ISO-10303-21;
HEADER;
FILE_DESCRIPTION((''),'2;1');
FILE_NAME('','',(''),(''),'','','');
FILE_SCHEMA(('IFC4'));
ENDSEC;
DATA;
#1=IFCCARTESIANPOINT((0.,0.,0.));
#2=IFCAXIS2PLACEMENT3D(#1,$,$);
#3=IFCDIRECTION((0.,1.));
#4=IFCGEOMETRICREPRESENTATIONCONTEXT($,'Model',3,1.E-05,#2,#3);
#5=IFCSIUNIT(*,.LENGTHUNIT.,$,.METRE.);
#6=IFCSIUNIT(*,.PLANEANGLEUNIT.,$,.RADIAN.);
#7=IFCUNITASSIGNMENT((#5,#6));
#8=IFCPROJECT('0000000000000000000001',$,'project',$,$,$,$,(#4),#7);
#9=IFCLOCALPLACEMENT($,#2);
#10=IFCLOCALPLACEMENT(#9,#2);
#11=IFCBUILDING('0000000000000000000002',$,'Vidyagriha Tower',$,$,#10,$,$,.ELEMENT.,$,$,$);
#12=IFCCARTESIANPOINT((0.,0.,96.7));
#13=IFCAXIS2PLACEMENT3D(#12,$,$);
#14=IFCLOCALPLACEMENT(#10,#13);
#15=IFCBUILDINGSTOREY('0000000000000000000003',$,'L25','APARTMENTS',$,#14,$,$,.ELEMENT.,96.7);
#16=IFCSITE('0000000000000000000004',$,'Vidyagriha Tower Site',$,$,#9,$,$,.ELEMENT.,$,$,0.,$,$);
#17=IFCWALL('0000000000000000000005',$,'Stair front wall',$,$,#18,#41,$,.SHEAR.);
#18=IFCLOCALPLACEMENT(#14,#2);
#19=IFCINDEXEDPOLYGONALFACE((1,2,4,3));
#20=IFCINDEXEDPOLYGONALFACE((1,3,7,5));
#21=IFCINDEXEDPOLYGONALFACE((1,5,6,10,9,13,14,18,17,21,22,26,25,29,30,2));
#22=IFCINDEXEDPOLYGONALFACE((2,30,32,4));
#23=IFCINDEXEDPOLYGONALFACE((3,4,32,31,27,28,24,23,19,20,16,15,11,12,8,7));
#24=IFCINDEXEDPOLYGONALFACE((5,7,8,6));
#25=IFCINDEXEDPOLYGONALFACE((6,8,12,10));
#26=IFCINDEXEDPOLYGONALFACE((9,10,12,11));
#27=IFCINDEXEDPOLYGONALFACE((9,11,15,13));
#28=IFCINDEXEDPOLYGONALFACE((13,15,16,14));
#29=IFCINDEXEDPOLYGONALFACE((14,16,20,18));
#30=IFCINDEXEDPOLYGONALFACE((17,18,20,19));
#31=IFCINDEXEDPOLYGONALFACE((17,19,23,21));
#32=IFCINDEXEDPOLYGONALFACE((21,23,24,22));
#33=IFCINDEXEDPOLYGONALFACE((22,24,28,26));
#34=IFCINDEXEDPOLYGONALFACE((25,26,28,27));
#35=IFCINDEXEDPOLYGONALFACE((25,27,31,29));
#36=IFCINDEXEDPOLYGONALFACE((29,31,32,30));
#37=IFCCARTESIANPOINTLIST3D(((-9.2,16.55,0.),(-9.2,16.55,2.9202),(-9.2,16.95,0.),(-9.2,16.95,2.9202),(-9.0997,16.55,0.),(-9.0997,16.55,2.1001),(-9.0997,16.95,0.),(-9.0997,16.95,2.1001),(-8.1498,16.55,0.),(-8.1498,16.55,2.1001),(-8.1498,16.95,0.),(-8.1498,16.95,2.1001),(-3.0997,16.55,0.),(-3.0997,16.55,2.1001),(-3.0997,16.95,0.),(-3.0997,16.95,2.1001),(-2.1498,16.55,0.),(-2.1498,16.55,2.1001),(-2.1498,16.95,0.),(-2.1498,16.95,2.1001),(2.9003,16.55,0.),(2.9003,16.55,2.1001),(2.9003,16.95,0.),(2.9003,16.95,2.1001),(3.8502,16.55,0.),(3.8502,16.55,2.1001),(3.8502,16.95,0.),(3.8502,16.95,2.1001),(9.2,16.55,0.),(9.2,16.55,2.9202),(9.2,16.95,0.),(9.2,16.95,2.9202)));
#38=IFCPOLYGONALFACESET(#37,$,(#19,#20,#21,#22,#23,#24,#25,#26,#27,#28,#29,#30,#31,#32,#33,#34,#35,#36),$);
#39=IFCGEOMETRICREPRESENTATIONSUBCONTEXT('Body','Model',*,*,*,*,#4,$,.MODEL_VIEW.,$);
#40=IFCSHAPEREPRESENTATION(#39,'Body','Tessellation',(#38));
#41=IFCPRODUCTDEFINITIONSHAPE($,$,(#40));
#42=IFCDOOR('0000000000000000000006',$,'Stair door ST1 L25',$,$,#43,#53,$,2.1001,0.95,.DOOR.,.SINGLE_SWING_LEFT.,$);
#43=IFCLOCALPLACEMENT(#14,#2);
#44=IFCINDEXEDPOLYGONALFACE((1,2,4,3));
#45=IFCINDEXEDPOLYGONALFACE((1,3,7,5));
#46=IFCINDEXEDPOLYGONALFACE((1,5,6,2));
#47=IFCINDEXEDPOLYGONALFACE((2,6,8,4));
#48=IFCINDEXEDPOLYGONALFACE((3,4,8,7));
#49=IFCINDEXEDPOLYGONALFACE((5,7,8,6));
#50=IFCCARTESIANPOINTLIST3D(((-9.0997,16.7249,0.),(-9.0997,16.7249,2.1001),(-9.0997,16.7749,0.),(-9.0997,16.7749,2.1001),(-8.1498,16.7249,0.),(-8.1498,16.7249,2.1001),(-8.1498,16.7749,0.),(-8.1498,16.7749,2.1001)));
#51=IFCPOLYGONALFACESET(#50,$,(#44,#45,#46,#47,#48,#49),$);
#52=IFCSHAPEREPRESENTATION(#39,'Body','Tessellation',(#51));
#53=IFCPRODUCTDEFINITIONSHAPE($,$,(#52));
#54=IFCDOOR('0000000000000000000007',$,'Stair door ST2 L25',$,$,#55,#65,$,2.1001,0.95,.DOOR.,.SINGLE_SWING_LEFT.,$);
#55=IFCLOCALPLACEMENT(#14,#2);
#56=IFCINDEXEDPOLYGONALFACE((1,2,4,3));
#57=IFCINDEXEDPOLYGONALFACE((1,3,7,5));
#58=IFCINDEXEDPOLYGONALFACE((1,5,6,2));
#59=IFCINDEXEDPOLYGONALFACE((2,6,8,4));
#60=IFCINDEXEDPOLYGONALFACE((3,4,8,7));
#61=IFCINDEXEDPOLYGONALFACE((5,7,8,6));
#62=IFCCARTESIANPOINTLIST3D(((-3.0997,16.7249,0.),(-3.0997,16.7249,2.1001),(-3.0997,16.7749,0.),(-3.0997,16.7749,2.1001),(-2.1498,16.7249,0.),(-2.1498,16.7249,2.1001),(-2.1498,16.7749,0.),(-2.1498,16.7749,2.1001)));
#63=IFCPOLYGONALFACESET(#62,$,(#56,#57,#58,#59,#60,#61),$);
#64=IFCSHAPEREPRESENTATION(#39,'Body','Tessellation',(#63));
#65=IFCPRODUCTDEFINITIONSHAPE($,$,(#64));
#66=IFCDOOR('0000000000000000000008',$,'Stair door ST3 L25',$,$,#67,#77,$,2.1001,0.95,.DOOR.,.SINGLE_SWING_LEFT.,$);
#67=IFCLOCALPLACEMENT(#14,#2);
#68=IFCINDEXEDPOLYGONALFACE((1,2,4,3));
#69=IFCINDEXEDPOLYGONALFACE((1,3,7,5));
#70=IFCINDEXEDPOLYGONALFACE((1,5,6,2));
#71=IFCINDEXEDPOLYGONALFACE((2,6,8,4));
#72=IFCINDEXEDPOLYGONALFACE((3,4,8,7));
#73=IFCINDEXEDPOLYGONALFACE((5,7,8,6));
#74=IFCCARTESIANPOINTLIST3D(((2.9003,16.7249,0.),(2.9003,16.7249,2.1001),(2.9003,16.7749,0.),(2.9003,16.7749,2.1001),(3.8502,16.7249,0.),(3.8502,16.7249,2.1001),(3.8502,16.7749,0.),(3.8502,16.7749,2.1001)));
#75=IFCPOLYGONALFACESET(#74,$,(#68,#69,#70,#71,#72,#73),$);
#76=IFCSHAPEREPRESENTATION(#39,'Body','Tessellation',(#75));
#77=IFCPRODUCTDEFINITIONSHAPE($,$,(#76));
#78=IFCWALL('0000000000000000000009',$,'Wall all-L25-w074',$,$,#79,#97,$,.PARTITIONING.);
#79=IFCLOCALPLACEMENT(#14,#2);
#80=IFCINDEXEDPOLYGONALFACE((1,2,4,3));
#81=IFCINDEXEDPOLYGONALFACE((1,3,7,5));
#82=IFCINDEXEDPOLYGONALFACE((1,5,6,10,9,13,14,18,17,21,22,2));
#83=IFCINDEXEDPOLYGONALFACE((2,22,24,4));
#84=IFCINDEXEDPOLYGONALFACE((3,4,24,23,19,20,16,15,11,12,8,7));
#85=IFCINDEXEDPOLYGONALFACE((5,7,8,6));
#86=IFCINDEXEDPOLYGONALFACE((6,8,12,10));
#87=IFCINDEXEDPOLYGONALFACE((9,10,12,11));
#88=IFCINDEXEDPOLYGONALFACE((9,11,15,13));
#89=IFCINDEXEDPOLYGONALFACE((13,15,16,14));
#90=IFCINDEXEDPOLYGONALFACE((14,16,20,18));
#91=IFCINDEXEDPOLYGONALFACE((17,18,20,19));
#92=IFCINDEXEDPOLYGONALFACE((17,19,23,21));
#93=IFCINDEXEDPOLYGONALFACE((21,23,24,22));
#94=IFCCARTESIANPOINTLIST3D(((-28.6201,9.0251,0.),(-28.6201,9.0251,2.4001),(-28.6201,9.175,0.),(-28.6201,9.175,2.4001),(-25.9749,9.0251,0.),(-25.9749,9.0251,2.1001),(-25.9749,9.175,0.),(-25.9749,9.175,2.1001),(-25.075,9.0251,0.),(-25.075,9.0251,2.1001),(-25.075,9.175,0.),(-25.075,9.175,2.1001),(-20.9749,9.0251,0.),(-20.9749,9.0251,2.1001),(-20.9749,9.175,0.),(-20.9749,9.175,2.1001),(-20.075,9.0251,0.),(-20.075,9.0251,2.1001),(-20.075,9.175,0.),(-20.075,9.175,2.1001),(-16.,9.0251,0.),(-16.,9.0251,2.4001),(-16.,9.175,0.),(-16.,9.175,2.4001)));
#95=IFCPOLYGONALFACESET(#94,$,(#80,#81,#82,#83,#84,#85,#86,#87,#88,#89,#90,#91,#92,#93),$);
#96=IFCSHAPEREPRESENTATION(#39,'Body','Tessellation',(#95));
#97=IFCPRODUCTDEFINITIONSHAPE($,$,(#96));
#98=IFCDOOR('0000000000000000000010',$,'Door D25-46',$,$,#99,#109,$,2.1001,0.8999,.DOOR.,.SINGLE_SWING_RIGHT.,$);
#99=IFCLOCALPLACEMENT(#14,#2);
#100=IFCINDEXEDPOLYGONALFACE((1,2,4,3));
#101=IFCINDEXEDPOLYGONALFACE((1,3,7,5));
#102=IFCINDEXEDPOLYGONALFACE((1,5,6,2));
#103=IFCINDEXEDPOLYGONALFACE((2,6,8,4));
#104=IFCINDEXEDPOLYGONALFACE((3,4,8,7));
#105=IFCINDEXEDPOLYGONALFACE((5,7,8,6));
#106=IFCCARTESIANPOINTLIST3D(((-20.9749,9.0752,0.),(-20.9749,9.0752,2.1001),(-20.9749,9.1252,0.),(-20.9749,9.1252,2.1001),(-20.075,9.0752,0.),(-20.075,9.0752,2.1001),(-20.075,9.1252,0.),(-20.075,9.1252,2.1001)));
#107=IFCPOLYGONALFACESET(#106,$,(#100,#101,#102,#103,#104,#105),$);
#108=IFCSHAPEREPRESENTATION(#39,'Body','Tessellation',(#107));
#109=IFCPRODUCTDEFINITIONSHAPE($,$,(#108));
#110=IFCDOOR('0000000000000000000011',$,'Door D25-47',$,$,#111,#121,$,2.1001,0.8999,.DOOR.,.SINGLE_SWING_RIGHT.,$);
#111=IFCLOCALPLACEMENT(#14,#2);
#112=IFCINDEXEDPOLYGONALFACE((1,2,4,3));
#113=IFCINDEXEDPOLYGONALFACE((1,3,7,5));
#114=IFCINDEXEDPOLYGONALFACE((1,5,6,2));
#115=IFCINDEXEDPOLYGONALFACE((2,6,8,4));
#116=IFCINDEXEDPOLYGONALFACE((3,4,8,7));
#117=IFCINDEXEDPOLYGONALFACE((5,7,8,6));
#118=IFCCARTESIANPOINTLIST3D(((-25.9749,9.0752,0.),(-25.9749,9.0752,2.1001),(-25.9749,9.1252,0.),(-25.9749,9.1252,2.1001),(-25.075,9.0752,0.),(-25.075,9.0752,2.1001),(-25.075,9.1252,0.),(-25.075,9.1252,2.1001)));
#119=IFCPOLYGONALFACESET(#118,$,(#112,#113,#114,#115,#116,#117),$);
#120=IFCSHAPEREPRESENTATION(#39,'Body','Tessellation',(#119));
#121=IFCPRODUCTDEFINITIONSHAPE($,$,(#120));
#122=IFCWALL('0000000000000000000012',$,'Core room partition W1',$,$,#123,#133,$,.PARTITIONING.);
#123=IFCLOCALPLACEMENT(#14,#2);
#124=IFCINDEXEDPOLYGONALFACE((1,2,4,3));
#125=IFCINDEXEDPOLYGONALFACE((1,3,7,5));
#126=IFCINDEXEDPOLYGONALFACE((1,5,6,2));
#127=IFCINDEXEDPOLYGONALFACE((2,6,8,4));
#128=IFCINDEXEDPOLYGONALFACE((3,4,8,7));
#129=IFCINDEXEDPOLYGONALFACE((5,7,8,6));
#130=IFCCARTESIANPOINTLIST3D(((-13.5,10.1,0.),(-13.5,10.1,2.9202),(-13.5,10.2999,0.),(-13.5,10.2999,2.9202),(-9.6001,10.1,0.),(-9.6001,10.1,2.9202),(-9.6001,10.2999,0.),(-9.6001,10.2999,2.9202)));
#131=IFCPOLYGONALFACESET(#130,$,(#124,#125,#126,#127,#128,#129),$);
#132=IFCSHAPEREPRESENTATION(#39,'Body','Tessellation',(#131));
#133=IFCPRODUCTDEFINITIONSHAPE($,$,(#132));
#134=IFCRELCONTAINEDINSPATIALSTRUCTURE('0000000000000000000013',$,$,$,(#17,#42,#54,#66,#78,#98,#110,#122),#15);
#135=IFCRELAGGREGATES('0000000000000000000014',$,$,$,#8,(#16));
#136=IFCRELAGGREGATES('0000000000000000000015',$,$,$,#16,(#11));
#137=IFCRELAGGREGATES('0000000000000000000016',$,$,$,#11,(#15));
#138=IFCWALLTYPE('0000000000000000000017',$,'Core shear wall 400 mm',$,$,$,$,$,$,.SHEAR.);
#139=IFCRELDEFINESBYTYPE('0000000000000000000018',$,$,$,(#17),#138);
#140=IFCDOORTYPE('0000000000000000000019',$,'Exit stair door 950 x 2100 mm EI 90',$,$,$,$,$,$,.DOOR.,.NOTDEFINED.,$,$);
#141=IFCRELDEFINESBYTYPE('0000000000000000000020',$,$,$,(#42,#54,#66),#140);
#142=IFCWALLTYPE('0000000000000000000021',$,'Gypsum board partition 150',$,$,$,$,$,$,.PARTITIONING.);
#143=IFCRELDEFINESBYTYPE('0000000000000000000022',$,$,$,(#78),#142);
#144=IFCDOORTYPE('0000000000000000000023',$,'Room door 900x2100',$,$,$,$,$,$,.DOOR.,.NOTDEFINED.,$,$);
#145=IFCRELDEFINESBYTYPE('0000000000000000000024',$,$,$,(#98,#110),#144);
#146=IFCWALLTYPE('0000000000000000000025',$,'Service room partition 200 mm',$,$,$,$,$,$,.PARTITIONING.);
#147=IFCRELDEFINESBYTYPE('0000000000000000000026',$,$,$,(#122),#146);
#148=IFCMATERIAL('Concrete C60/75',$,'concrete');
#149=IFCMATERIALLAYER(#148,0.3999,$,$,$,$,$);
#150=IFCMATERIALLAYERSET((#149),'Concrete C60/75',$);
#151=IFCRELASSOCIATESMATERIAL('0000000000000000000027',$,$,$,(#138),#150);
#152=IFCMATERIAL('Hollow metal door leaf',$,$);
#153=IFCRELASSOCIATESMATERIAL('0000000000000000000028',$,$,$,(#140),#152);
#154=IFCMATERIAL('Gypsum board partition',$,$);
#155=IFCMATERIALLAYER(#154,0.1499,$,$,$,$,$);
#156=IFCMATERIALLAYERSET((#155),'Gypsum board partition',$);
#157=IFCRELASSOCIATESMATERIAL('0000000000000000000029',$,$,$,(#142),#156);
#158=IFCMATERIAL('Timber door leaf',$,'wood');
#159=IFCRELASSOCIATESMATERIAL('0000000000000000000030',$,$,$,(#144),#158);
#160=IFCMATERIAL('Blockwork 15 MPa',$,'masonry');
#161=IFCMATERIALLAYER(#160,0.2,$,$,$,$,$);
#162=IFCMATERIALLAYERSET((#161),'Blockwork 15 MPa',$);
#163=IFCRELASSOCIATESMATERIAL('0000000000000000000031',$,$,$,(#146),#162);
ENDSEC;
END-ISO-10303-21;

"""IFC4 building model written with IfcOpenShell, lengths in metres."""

from ifc_helpers import new_model, si_unit, direction, frame, frame_2d, origin, place, context, subcontext, project, spatial, rectangle, extrude, material, layer, layer_set, type_object, element, fill, save


model = new_model("IFC4")

# Units and contexts
model_context = context("Model", 3, precision=1e-05, world=origin(), true_north=direction((0.0, 1.0)))
body_context = subcontext(model_context, "Body", "Model", "MODEL_VIEW")
ifc_project = project(units=[si_unit("LENGTHUNIT", "METRE"), si_unit("PLANEANGLEUNIT", "RADIAN")], contexts=[model_context])

# Site, building, storey
site_placement = place(None, origin())
site = spatial("IfcSite", under=ifc_project, at=site_placement, Name="Vidyagriha Tower Site", CompositionType="ELEMENT", RefElevation=0.0)
building_placement = place(site_placement, origin())
building = spatial("IfcBuilding", under=site, at=building_placement, Name="Vidyagriha Tower", CompositionType="ELEMENT")
storey_placement = place(building_placement, frame((0.0, 0.0, 96.7)))
storey = spatial("IfcBuildingStorey", under=building, at=storey_placement, Name="L25", Description="APARTMENTS", CompositionType="ELEMENT", Elevation=96.7)

# Shared definitions
ifc_material_1 = material(Name="Concrete C60/75", Category="concrete")
ifc_layer_1 = layer(ifc_material_1, 0.3999)
ifc_layer_set_1 = layer_set([ifc_layer_1], Name="Concrete C60/75")
wall_type_1 = type_object("IfcWallType", Name="Core shear wall 400 mm", PredefinedType="SHEAR", material=ifc_layer_set_1)

# Walls, openings, doors
wall_1_placement = place(storey_placement, frame((-9.2, 16.75, 0.0)))
wall_1 = element("IfcWall", 1, at=wall_1_placement, inside=storey, type_object=wall_type_1, Name="Stair front wall", PredefinedType="SHEAR", context=body_context, shape_type="SweptSolid", body=[
    extrude(rectangle(XDim=18.3999, YDim=0.3999, at=frame_2d((9.2, 0.0))), origin(), (0.0, 0.0, 1.0), 2.9202),
])
opening_1_placement = place(wall_1_placement, frame((0.1001, 0.0, 0.0)))
opening_1 = element("IfcOpeningElement", 2, at=opening_1_placement, cuts=wall_1, PredefinedType="OPENING", context=body_context, shape_type="SweptSolid", body=[
    extrude(rectangle(XDim=0.95, YDim=2.1001, at=frame_2d((0.4751, 1.05))), frame((0.0, 0.21, 0.0), z_axis=(0.0, -1.0, 0.0), x_axis=(1.0, 0.0, 0.0)), (0.0, 0.0, 1.0), 0.4199),
])
opening_2_placement = place(wall_1_placement, frame((6.1001, 0.0, 0.0)))
opening_2 = element("IfcOpeningElement", 3, at=opening_2_placement, cuts=wall_1, PredefinedType="OPENING", context=body_context, shape_type="SweptSolid", body=[
    extrude(rectangle(XDim=0.95, YDim=2.1001, at=frame_2d((0.4751, 1.05))), frame((0.0, 0.21, 0.0), z_axis=(0.0, -1.0, 0.0), x_axis=(1.0, 0.0, 0.0)), (0.0, 0.0, 1.0), 0.4199),
])
opening_3_placement = place(wall_1_placement, frame((12.1001, 0.0, 0.0)))
opening_3 = element("IfcOpeningElement", 4, at=opening_3_placement, cuts=wall_1, PredefinedType="OPENING", context=body_context, shape_type="SweptSolid", body=[
    extrude(rectangle(XDim=0.95, YDim=2.1001, at=frame_2d((0.4751, 1.05))), frame((0.0, 0.21, 0.0), z_axis=(0.0, -1.0, 0.0), x_axis=(1.0, 0.0, 0.0)), (0.0, 0.0, 1.0), 0.4199),
])
ifc_material_2 = material(Name="Hollow metal door leaf")
door_type_1 = type_object("IfcDoorType", Name="Exit stair door 950 x 2100 mm EI 90", OperationType="NOTDEFINED", PredefinedType="DOOR", material=ifc_material_2)
door_1_placement = place(opening_1_placement, origin())
door_1 = element("IfcDoor", 5, at=door_1_placement, inside=storey, type_object=door_type_1, Name="Stair door ST1 L25", OperationType="SINGLE_SWING_LEFT", OverallHeight=2.1001, OverallWidth=0.95, PredefinedType="DOOR", context=body_context, shape_type="SweptSolid", body=[
    extrude(rectangle(XDim=0.95, YDim=2.1001, at=frame_2d((0.4751, 1.05))), frame((0.0, 0.0249, 0.0), z_axis=(0.0, -1.0, 0.0), x_axis=(1.0, 0.0, 0.0)), (0.0, 0.0, 1.0), 0.05),
])
fill(opening_1, door_1)
door_2_placement = place(opening_2_placement, origin())
door_2 = element("IfcDoor", 6, at=door_2_placement, inside=storey, type_object=door_type_1, Name="Stair door ST2 L25", OperationType="SINGLE_SWING_LEFT", OverallHeight=2.1001, OverallWidth=0.95, PredefinedType="DOOR", context=body_context, shape_type="SweptSolid", body=[
    extrude(rectangle(XDim=0.95, YDim=2.1001, at=frame_2d((0.4751, 1.05))), frame((0.0, 0.0249, 0.0), z_axis=(0.0, -1.0, 0.0), x_axis=(1.0, 0.0, 0.0)), (0.0, 0.0, 1.0), 0.05),
])
fill(opening_2, door_2)
door_3_placement = place(opening_3_placement, origin())
door_3 = element("IfcDoor", 7, at=door_3_placement, inside=storey, type_object=door_type_1, Name="Stair door ST3 L25", OperationType="SINGLE_SWING_LEFT", OverallHeight=2.1001, OverallWidth=0.95, PredefinedType="DOOR", context=body_context, shape_type="SweptSolid", body=[
    extrude(rectangle(XDim=0.95, YDim=2.1001, at=frame_2d((0.4751, 1.05))), frame((0.0, 0.0249, 0.0), z_axis=(0.0, -1.0, 0.0), x_axis=(1.0, 0.0, 0.0)), (0.0, 0.0, 1.0), 0.05),
])
fill(opening_3, door_3)
ifc_material_3 = material(Name="Gypsum board partition")
ifc_layer_2 = layer(ifc_material_3, 0.1499)
ifc_layer_set_2 = layer_set([ifc_layer_2], Name="Gypsum board partition")
wall_type_2 = type_object("IfcWallType", Name="Gypsum board partition 150", PredefinedType="PARTITIONING", material=ifc_layer_set_2)
wall_2_placement = place(storey_placement, frame((-16.0, 9.1001, 0.0), z_axis=(0.0, 0.0, 1.0), x_axis=(-1.0, 0.0, 0.0)))
wall_2 = element("IfcWall", 8, at=wall_2_placement, inside=storey, type_object=wall_type_2, Name="Wall all-L25-w074", PredefinedType="PARTITIONING", context=body_context, shape_type="SweptSolid", body=[
    extrude(rectangle(XDim=12.6201, YDim=0.1499, at=frame_2d((6.3101, 0.0))), origin(), (0.0, 0.0, 1.0), 2.4001),
])
opening_4_placement = place(wall_2_placement, frame((4.075, 0.0, 0.0)))
opening_4 = element("IfcOpeningElement", 9, at=opening_4_placement, cuts=wall_2, PredefinedType="OPENING", context=body_context, shape_type="SweptSolid", body=[
    extrude(rectangle(XDim=0.8999, YDim=2.1001, at=frame_2d((0.45, 1.05))), frame((0.0, 0.085, 0.0), z_axis=(0.0, -1.0, 0.0), x_axis=(1.0, 0.0, 0.0)), (0.0, 0.0, 1.0), 0.1699),
])
opening_5_placement = place(wall_2_placement, frame((9.075, 0.0, 0.0)))
opening_5 = element("IfcOpeningElement", 10, at=opening_5_placement, cuts=wall_2, PredefinedType="OPENING", context=body_context, shape_type="SweptSolid", body=[
    extrude(rectangle(XDim=0.8999, YDim=2.1001, at=frame_2d((0.45, 1.05))), frame((0.0, 0.085, 0.0), z_axis=(0.0, -1.0, 0.0), x_axis=(1.0, 0.0, 0.0)), (0.0, 0.0, 1.0), 0.1699),
])
ifc_material_4 = material(Name="Timber door leaf", Category="wood")
door_type_2 = type_object("IfcDoorType", Name="Room door 900x2100", OperationType="NOTDEFINED", PredefinedType="DOOR", material=ifc_material_4)
door_4_placement = place(opening_4_placement, origin())
door_4 = element("IfcDoor", 11, at=door_4_placement, inside=storey, type_object=door_type_2, Name="Door D25-46", OperationType="SINGLE_SWING_RIGHT", OverallHeight=2.1001, OverallWidth=0.8999, PredefinedType="DOOR", context=body_context, shape_type="SweptSolid", body=[
    extrude(rectangle(XDim=0.8999, YDim=2.1001, at=frame_2d((0.45, 1.05))), frame((0.0, 0.0249, 0.0), z_axis=(0.0, -1.0, 0.0), x_axis=(1.0, 0.0, 0.0)), (0.0, 0.0, 1.0), 0.05),
])
fill(opening_4, door_4)
door_5_placement = place(opening_5_placement, origin())
door_5 = element("IfcDoor", 12, at=door_5_placement, inside=storey, type_object=door_type_2, Name="Door D25-47", OperationType="SINGLE_SWING_RIGHT", OverallHeight=2.1001, OverallWidth=0.8999, PredefinedType="DOOR", context=body_context, shape_type="SweptSolid", body=[
    extrude(rectangle(XDim=0.8999, YDim=2.1001, at=frame_2d((0.45, 1.05))), frame((0.0, 0.0249, 0.0), z_axis=(0.0, -1.0, 0.0), x_axis=(1.0, 0.0, 0.0)), (0.0, 0.0, 1.0), 0.05),
])
fill(opening_5, door_5)

# Wall
ifc_material_5 = material(Name="Blockwork 15 MPa", Category="masonry")
ifc_layer_3 = layer(ifc_material_5, 0.2)
ifc_layer_set_3 = layer_set([ifc_layer_3], Name="Blockwork 15 MPa")
wall_type_3 = type_object("IfcWallType", Name="Service room partition 200 mm", PredefinedType="PARTITIONING", material=ifc_layer_set_3)
wall_3_placement = place(storey_placement, frame((-13.5, 10.2, 0.0)))
element("IfcWall", 13, at=wall_3_placement, inside=storey, type_object=wall_type_3, Name="Core room partition W1", PredefinedType="PARTITIONING", context=body_context, shape_type="SweptSolid", body=[
    extrude(rectangle(XDim=3.8999, YDim=0.2, at=frame_2d((1.95, 0.0))), origin(), (0.0, 0.0, 1.0), 2.9202),
])

save(model, "model.ifc")
